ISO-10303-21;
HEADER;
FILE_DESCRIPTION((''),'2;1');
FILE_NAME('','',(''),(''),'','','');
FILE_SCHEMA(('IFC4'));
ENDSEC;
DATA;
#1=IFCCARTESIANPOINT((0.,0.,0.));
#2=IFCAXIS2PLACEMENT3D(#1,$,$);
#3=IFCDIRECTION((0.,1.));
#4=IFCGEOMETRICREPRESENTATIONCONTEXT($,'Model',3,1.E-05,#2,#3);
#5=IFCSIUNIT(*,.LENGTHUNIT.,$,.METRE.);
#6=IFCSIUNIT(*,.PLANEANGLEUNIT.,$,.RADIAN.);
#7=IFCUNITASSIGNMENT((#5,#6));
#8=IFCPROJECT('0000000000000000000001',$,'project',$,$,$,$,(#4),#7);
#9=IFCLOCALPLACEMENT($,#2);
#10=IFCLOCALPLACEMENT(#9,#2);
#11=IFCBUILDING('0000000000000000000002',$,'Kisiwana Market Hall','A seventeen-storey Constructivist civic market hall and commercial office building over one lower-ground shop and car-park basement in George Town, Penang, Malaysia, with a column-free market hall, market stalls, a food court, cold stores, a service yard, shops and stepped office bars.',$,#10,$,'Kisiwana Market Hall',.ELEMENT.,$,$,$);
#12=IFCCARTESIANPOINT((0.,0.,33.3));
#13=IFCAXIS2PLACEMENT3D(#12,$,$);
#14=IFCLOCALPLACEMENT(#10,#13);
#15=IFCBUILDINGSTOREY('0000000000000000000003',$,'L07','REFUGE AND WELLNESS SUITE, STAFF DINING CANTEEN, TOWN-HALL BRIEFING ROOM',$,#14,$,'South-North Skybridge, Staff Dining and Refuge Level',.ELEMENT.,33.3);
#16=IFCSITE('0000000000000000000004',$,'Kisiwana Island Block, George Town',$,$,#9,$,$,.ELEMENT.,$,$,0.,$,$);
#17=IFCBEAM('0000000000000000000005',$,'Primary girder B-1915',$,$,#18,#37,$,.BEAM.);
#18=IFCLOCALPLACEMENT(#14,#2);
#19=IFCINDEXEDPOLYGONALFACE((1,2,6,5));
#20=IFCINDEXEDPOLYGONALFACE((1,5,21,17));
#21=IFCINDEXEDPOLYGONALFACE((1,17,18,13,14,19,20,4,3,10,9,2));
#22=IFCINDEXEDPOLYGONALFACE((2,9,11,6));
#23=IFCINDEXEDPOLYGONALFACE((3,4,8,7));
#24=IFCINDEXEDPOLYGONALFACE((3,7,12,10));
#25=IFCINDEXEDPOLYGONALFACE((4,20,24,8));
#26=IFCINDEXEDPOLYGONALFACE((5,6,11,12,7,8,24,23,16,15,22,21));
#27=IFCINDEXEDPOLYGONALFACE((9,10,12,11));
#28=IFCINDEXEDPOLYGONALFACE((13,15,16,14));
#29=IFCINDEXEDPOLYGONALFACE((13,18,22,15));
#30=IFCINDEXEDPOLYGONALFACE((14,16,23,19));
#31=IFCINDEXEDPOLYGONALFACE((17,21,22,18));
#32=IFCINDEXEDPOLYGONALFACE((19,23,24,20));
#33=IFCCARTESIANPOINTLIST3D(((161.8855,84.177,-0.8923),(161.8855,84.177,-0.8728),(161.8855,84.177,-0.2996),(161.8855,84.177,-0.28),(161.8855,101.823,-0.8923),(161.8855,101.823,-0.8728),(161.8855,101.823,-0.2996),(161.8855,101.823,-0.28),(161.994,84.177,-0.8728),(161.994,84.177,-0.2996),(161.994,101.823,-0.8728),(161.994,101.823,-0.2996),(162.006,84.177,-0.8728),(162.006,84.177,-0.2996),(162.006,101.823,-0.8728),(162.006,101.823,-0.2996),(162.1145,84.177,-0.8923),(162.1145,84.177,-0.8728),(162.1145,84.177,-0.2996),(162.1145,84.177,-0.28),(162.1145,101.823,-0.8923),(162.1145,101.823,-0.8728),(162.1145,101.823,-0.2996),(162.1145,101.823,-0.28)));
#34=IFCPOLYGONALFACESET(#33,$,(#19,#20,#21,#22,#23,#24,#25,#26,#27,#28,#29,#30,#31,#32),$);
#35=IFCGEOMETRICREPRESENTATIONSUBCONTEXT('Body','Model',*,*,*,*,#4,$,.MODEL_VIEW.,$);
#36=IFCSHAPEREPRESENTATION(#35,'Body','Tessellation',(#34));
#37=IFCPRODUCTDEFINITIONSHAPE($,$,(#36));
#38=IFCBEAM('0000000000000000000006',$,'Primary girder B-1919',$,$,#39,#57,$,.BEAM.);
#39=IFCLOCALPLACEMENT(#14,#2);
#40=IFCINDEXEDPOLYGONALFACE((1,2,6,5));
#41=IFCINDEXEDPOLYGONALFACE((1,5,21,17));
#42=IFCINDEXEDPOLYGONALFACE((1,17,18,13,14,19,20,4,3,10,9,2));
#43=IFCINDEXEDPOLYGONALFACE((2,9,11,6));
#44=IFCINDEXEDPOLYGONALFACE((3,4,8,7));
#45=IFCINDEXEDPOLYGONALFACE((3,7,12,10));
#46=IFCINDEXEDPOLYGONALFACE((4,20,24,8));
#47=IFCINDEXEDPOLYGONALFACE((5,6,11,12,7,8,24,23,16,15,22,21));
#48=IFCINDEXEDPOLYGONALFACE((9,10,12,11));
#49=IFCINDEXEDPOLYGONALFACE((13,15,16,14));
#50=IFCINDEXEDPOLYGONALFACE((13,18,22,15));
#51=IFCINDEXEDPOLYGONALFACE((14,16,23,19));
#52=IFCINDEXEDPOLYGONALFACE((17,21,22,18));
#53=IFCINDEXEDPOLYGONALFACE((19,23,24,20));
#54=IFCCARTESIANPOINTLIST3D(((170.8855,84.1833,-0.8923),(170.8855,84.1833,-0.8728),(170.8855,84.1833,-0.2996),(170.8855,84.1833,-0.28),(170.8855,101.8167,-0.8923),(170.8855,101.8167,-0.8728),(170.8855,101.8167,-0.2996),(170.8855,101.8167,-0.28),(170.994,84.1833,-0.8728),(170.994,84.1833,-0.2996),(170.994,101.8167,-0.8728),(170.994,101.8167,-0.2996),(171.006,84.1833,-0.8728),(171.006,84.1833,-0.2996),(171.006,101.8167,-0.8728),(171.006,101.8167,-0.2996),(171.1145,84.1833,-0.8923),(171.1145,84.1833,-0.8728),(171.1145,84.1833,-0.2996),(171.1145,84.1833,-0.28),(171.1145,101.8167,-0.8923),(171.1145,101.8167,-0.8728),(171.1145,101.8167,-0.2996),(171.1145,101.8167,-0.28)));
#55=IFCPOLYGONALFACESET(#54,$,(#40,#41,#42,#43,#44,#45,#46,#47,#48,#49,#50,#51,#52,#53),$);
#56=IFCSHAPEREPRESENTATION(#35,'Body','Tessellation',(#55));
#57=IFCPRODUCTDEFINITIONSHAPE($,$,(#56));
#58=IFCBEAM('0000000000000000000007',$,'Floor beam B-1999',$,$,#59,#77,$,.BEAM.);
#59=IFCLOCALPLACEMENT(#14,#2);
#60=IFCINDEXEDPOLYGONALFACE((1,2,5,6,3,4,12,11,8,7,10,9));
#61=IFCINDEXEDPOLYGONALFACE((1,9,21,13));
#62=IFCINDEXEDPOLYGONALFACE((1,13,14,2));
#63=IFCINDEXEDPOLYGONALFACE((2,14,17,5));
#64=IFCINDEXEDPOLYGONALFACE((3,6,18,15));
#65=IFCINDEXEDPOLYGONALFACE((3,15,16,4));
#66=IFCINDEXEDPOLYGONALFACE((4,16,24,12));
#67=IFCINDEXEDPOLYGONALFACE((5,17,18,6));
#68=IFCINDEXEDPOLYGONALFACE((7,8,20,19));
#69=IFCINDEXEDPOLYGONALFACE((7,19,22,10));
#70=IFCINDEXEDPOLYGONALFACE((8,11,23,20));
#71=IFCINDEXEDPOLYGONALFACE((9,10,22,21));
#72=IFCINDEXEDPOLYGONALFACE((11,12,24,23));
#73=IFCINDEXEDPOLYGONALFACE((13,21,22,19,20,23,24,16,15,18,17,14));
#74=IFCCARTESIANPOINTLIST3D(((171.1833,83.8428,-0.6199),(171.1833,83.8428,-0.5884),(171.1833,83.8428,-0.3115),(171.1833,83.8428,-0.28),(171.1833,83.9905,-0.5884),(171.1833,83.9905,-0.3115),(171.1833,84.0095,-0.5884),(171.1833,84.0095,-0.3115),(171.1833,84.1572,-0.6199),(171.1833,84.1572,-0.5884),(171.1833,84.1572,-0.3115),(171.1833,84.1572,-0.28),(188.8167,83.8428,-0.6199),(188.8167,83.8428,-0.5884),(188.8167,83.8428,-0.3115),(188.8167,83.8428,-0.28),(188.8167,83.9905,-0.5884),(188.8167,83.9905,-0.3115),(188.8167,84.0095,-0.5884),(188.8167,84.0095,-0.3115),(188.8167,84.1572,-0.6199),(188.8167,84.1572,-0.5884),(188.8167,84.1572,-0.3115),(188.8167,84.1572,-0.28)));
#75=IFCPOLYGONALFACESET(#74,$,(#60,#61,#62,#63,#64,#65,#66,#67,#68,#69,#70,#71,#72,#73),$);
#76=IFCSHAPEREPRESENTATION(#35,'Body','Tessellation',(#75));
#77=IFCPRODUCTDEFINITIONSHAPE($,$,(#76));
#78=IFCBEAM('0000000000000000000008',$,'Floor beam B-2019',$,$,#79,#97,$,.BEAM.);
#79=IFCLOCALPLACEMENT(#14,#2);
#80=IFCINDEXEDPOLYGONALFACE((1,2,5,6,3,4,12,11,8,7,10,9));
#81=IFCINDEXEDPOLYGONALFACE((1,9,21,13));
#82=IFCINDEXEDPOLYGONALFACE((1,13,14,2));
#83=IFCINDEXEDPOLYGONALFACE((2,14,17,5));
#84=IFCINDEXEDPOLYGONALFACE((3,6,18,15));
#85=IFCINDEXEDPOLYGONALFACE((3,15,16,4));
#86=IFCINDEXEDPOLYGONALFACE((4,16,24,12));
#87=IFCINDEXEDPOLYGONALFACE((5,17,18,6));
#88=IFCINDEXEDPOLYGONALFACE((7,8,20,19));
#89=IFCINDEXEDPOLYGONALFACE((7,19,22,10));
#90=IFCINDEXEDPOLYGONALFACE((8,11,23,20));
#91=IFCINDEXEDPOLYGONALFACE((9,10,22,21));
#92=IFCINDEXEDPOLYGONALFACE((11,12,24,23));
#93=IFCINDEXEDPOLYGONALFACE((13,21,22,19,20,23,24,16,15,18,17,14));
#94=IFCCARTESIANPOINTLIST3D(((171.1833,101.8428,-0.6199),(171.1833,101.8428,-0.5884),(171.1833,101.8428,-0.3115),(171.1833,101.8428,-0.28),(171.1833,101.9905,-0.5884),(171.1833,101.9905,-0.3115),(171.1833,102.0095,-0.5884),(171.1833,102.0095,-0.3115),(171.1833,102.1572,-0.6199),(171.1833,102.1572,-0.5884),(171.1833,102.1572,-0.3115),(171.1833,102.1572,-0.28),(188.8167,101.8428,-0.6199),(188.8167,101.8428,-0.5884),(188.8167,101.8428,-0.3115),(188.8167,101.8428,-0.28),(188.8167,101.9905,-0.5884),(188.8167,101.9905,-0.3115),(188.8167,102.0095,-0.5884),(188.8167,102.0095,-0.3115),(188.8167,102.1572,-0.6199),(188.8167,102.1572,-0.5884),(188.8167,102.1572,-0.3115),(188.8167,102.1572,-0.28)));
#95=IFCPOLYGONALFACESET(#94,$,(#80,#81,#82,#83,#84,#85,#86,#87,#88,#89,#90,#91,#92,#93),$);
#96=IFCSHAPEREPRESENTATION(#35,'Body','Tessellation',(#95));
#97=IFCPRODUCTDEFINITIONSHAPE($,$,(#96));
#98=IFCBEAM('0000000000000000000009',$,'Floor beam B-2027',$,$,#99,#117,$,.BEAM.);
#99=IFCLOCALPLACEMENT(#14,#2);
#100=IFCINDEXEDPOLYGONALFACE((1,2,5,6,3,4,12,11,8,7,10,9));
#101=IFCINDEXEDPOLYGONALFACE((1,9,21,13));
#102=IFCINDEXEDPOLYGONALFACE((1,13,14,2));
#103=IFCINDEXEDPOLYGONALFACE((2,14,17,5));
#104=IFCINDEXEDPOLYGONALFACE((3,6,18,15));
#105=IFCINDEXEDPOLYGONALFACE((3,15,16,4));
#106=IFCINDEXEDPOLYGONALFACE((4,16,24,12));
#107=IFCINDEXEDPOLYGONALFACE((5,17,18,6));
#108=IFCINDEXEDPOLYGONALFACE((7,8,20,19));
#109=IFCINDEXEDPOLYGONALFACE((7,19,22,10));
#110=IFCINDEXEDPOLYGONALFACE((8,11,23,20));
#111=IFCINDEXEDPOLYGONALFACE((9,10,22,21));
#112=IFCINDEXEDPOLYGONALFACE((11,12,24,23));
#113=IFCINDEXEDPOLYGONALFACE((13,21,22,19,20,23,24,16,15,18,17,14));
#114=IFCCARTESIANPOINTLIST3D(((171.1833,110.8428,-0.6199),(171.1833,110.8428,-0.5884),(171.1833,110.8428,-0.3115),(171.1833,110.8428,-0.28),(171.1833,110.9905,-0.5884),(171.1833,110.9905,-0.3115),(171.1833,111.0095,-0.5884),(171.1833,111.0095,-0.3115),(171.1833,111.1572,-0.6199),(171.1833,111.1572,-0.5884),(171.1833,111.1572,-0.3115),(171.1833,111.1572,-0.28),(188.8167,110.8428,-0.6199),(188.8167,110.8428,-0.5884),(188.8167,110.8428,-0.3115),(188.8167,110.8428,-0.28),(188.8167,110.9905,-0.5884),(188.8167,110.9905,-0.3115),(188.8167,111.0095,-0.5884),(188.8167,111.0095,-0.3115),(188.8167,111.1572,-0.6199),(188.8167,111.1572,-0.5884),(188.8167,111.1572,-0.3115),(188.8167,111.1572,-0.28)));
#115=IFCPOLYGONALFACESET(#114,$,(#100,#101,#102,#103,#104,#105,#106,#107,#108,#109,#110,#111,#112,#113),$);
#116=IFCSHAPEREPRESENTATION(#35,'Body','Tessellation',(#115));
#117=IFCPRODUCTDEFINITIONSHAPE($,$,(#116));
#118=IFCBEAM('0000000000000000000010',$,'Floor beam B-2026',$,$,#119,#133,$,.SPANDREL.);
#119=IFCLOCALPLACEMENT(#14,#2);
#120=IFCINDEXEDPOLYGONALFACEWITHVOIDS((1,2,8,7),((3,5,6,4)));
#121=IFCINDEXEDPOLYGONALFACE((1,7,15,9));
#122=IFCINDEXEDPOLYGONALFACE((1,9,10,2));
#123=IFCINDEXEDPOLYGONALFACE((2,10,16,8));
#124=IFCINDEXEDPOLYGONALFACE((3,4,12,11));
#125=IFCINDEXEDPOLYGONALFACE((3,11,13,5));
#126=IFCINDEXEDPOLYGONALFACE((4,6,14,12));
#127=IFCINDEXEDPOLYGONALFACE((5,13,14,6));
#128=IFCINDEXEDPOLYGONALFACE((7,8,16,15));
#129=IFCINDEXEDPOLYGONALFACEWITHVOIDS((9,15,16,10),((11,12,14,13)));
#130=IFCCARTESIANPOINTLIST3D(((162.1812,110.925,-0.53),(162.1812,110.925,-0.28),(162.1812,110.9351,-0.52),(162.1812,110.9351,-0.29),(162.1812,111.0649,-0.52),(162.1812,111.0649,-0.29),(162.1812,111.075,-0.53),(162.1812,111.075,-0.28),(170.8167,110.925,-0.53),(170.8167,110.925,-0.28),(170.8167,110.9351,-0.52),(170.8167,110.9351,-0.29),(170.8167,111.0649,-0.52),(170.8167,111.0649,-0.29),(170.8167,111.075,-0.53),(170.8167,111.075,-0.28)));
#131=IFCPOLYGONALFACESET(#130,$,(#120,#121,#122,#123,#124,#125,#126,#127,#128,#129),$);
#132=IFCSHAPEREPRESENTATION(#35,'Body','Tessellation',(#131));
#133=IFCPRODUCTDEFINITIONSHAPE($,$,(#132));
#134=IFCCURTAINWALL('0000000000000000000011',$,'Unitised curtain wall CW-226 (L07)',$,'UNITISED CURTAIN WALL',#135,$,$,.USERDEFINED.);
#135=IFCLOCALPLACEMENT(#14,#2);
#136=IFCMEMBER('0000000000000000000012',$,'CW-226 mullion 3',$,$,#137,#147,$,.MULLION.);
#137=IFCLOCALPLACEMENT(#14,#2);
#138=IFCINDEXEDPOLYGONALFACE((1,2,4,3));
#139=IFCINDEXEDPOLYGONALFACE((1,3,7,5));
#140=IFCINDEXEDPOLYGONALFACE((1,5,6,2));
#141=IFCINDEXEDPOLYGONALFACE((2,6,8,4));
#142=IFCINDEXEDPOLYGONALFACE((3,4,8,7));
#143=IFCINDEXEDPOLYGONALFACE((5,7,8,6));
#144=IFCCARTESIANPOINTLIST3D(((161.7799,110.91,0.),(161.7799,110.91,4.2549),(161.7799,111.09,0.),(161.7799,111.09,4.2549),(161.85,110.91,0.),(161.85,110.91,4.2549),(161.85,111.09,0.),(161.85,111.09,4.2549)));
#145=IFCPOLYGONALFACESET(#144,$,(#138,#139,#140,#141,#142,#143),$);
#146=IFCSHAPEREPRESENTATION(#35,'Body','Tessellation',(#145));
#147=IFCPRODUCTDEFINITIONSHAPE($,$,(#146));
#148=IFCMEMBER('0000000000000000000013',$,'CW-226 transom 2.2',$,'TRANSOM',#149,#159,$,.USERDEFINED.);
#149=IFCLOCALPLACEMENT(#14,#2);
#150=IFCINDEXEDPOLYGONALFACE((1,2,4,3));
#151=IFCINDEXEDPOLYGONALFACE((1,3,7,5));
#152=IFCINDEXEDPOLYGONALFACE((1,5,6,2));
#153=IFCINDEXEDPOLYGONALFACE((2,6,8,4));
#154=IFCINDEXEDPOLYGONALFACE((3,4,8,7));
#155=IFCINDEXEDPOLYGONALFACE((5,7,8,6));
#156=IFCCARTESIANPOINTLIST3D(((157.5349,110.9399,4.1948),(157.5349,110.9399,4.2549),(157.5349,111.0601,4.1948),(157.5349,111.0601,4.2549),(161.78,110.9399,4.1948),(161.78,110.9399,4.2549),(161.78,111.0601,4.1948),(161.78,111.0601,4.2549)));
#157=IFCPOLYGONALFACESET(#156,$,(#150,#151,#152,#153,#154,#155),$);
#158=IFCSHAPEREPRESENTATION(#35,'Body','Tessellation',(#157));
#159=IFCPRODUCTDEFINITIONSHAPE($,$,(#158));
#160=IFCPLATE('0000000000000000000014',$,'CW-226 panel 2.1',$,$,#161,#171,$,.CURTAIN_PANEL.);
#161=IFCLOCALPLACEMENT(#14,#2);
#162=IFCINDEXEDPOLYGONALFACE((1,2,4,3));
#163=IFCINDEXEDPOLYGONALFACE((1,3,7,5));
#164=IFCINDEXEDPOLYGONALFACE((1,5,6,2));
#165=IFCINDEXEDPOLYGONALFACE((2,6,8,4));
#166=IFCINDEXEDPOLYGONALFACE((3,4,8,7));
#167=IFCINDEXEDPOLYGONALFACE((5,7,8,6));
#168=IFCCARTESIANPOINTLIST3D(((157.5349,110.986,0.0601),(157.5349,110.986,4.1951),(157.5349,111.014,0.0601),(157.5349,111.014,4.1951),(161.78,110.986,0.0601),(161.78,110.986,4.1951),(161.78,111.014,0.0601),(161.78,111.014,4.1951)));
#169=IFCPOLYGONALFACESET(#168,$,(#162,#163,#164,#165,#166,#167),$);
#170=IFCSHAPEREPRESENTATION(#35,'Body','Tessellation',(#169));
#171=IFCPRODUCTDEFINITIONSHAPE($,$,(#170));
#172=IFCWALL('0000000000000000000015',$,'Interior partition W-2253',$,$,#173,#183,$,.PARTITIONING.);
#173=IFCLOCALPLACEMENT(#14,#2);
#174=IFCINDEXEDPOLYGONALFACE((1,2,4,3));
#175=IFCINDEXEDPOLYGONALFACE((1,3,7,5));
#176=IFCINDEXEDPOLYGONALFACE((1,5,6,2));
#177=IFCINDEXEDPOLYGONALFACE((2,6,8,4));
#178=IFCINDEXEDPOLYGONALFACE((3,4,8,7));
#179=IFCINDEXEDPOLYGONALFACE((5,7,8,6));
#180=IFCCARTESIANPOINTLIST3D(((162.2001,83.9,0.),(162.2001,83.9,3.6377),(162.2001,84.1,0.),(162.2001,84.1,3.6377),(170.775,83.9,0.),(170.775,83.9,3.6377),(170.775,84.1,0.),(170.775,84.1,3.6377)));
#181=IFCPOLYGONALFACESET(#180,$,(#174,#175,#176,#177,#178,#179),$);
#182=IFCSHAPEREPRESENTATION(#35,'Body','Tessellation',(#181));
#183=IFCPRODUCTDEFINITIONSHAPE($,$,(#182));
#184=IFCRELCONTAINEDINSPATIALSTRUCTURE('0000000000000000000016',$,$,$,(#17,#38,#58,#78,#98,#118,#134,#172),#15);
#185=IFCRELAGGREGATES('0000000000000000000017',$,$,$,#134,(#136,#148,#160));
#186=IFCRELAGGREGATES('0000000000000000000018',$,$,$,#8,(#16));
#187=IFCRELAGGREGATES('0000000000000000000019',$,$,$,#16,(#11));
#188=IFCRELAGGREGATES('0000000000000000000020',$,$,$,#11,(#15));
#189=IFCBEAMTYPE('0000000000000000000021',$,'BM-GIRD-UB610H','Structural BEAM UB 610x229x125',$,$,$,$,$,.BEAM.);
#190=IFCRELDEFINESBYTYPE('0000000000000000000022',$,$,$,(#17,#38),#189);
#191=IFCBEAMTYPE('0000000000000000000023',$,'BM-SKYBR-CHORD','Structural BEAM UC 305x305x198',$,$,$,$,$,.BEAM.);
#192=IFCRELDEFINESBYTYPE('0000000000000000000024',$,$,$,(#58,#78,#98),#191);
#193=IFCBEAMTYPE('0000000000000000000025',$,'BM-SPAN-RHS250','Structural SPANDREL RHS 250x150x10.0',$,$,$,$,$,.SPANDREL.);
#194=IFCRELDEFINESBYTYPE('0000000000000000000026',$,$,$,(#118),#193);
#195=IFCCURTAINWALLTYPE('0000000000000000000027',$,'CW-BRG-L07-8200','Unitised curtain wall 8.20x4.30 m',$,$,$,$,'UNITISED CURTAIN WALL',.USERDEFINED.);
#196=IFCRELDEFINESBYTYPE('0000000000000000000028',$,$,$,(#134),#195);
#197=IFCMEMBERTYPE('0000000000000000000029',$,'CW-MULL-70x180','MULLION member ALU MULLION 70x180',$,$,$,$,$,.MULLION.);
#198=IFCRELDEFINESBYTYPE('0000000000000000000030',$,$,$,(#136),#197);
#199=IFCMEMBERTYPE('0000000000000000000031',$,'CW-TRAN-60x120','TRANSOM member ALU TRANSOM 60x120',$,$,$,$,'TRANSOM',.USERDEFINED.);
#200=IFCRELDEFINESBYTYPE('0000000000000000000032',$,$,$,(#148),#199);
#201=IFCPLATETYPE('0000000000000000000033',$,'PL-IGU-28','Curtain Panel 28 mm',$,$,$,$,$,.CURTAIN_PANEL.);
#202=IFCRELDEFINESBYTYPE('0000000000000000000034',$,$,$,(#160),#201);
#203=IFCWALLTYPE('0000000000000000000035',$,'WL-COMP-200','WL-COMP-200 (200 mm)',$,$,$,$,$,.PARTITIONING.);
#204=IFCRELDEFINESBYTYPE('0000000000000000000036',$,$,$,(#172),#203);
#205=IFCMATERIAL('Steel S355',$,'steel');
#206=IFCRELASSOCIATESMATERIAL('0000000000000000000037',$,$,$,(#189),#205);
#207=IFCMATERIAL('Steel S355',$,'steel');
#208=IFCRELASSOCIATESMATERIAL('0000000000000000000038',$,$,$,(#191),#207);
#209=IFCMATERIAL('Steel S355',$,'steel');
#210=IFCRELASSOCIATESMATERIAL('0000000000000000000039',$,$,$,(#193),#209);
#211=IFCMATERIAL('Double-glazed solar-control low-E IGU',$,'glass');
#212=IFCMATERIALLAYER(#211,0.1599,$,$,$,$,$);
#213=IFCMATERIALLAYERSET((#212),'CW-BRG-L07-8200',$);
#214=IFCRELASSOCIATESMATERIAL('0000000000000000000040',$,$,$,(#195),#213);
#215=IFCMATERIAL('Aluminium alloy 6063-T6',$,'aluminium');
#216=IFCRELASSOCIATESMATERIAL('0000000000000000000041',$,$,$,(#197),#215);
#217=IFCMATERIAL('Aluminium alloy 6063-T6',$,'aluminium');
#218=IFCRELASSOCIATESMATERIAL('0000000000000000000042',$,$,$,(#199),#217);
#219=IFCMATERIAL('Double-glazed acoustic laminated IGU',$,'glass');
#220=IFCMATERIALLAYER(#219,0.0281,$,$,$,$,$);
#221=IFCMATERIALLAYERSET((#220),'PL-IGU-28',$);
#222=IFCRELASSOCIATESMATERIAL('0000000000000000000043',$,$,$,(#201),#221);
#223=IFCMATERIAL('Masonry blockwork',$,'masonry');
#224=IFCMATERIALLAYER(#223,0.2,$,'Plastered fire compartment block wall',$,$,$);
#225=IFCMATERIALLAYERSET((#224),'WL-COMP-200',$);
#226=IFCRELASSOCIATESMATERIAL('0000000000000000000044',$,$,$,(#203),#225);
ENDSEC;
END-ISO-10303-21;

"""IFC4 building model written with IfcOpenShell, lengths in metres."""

from ifc_helpers import new_model, si_unit, direction, frame, frame_2d, origin, origin_2d, place, context, subcontext, project, spatial, rectangle, hollow_rectangle, i_section, extrude, material, layer, layer_set, material_profile, profile_set, type_object, element, aggregate, save


model = new_model("IFC4")

# Units and contexts
model_context = context("Model", 3, precision=1e-05, world=origin(), true_north=direction((0.0, 1.0)))
body_context = subcontext(model_context, "Body", "Model", "MODEL_VIEW")
ifc_project = project(units=[si_unit("LENGTHUNIT", "METRE"), si_unit("PLANEANGLEUNIT", "RADIAN")], contexts=[model_context])

# Site, building, storey
site_placement = place(None, origin())
site = spatial("IfcSite", under=ifc_project, at=site_placement, Name="Kisiwana Island Block, George Town", CompositionType="ELEMENT", RefElevation=0.0)
building_placement = place(site_placement, origin())
building = spatial("IfcBuilding", under=site, at=building_placement, Name="Kisiwana Market Hall", Description="A seventeen-storey Constructivist civic market hall and commercial office building over one lower-ground shop and car-park basement in George Town, Penang, Malaysia, with a column-free market hall, market stalls, a food court, cold stores, a service yard, shops and stepped office bars.", LongName="Kisiwana Market Hall", CompositionType="ELEMENT")
storey_placement = place(building_placement, frame((0.0, 0.0, 33.3)))
storey = spatial("IfcBuildingStorey", under=building, at=storey_placement, Name="L07", Description="REFUGE AND WELLNESS SUITE, STAFF DINING CANTEEN, TOWN-HALL BRIEFING ROOM", LongName="South-North Skybridge, Staff Dining and Refuge Level", CompositionType="ELEMENT", Elevation=33.3)

# Beams
ifc_material_1 = material(Name="Steel S355", Category="steel")
ifc_material_profile_1 = material_profile(ifc_material_1, i_section(OverallWidth=0.229, OverallDepth=0.6123, WebThickness=0.012, FlangeThickness=0.0195, at=origin_2d()), Name="UB 610x229x125")
ifc_profile_set_1 = profile_set([ifc_material_profile_1], Name="Steel S355")
beam_type_1 = type_object("IfcBeamType", Name="BM-GIRD-UB610H", Description="Structural BEAM UB 610x229x125", PredefinedType="BEAM", material=ifc_profile_set_1)
beam_1_placement = place(storey_placement, frame((162.0, 84.177, -0.5862), z_axis=(0.0, 1.0, 0.0), x_axis=(-1.0, 0.0, 0.0)))
element("IfcBeam", 1, at=beam_1_placement, inside=storey, type_object=beam_type_1, Name="Primary girder B-1915", PredefinedType="BEAM", context=body_context, shape_type="SweptSolid", body=[
    extrude(i_section(OverallWidth=0.229, OverallDepth=0.6123, WebThickness=0.012, FlangeThickness=0.0195, at=origin_2d()), origin(), (0.0, 0.0, 1.0), 17.646),
])
beam_2_placement = place(storey_placement, frame((171.0, 84.1833, -0.5862), z_axis=(0.0, 1.0, 0.0), x_axis=(-1.0, 0.0, 0.0)))
element("IfcBeam", 2, at=beam_2_placement, inside=storey, type_object=beam_type_1, Name="Primary girder B-1919", PredefinedType="BEAM", context=body_context, shape_type="SweptSolid", body=[
    extrude(i_section(OverallWidth=0.229, OverallDepth=0.6123, WebThickness=0.012, FlangeThickness=0.0195, at=origin_2d()), origin(), (0.0, 0.0, 1.0), 17.6333),
])
ifc_material_2 = material(Name="Steel S355", Category="steel")
ifc_material_profile_2 = material_profile(ifc_material_2, i_section(OverallWidth=0.3145, OverallDepth=0.3398, WebThickness=0.019, FlangeThickness=0.0315, at=origin_2d()), Name="UC 305x305x198")
ifc_profile_set_2 = profile_set([ifc_material_profile_2], Name="Steel S355")
beam_type_2 = type_object("IfcBeamType", Name="BM-SKYBR-CHORD", Description="Structural BEAM UC 305x305x198", PredefinedType="BEAM", material=ifc_profile_set_2)
for number, where, z_axis, x_axis, name in (
    (3, (171.1833, 84.0, -0.45), (1.0, 0.0, 0.0), (0.0, 1.0, 0.0), "Floor beam B-1999"),
    (4, (171.1833, 102.0, -0.45), (1.0, 0.0, 0.0), (0.0, 1.0, 0.0), "Floor beam B-2019"),
    (5, (171.1833, 111.0, -0.45), (1.0, 0.0, 0.0), (0.0, 1.0, 0.0), "Floor beam B-2027"),
):
    element("IfcBeam", number, at=place(storey_placement, frame(where, z_axis=z_axis, x_axis=x_axis)), inside=storey, type_object=beam_type_2, Name=name, PredefinedType="BEAM", context=body_context, shape_type="SweptSolid", body=[
        extrude(i_section(OverallWidth=0.3145, OverallDepth=0.3398, WebThickness=0.019, FlangeThickness=0.0315, at=origin_2d()), origin(), (0.0, 0.0, 1.0), 17.6333),
    ])
ifc_material_3 = material(Name="Steel S355", Category="steel")
ifc_material_profile_3 = material_profile(ifc_material_3, hollow_rectangle(XDim=0.1499, YDim=0.25, WallThickness=0.01, at=origin_2d()), Name="RHS 250x150x10.0")
ifc_profile_set_3 = profile_set([ifc_material_profile_3], Name="Steel S355")
beam_type_3 = type_object("IfcBeamType", Name="BM-SPAN-RHS250", Description="Structural SPANDREL RHS 250x150x10.0", PredefinedType="SPANDREL", material=ifc_profile_set_3)
beam_3_placement = place(storey_placement, frame((162.1812, 111.0, -0.405), z_axis=(1.0, 0.0, 0.0), x_axis=(0.0, 1.0, 0.0)))
element("IfcBeam", 6, at=beam_3_placement, inside=storey, type_object=beam_type_3, Name="Floor beam B-2026", PredefinedType="SPANDREL", context=body_context, shape_type="SweptSolid", body=[
    extrude(hollow_rectangle(XDim=0.1499, YDim=0.25, WallThickness=0.01, at=origin_2d()), origin(), (0.0, 0.0, 1.0), 8.6355),
])

# Curtain wall, members, plate
ifc_material_4 = material(Name="Double-glazed solar-control low-E IGU", Category="glass")
ifc_layer_1 = layer(ifc_material_4, 0.1599)
ifc_layer_set_1 = layer_set([ifc_layer_1], Name="CW-BRG-L07-8200")
curtain_wall_type = type_object("IfcCurtainWallType", Name="CW-BRG-L07-8200", Description="Unitised curtain wall 8.20x4.30 m", ElementType="UNITISED CURTAIN WALL", PredefinedType="USERDEFINED", material=ifc_layer_set_1)
curtain_wall_placement = place(storey_placement, origin())
curtain_wall = element("IfcCurtainWall", 7, at=curtain_wall_placement, inside=storey, type_object=curtain_wall_type, Name="Unitised curtain wall CW-226 (L07)", ObjectType="UNITISED CURTAIN WALL", PredefinedType="USERDEFINED")
ifc_material_5 = material(Name="Aluminium alloy 6063-T6", Category="aluminium")
ifc_material_profile_4 = material_profile(ifc_material_5, rectangle(XDim=0.0701, YDim=0.1799, at=origin_2d()), Name="ALU MULLION 70x180")
ifc_profile_set_4 = profile_set([ifc_material_profile_4], Name="Aluminium alloy 6063-T6")
member_type_1 = type_object("IfcMemberType", Name="CW-MULL-70x180", Description="MULLION member ALU MULLION 70x180", PredefinedType="MULLION", material=ifc_profile_set_4)
member_1_placement = place(storey_placement, frame((161.8149, 111.0, 0.0), z_axis=(0.0, 0.0, 1.0), x_axis=(1.0, 0.0, 0.0)))
member_1 = element("IfcMember", 8, at=member_1_placement, type_object=member_type_1, Name="CW-226 mullion 3", PredefinedType="MULLION", context=body_context, shape_type="SweptSolid", body=[
    extrude(rectangle(XDim=0.0701, YDim=0.1799, at=origin_2d()), origin(), (0.0, 0.0, 1.0), 4.2549),
])
ifc_material_6 = material(Name="Aluminium alloy 6063-T6", Category="aluminium")
ifc_material_profile_5 = material_profile(ifc_material_6, rectangle(XDim=0.1201, YDim=0.0601, at=origin_2d()), Name="ALU TRANSOM 60x120")
ifc_profile_set_5 = profile_set([ifc_material_profile_5], Name="Aluminium alloy 6063-T6")
member_type_2 = type_object("IfcMemberType", Name="CW-TRAN-60x120", Description="TRANSOM member ALU TRANSOM 60x120", ElementType="TRANSOM", PredefinedType="USERDEFINED", material=ifc_profile_set_5)
member_2_placement = place(storey_placement, frame((157.5349, 111.0, 4.2249), z_axis=(1.0, 0.0, 0.0), x_axis=(0.0, 1.0, 0.0)))
member_2 = element("IfcMember", 9, at=member_2_placement, type_object=member_type_2, Name="CW-226 transom 2.2", ObjectType="TRANSOM", PredefinedType="USERDEFINED", context=body_context, shape_type="SweptSolid", body=[
    extrude(rectangle(XDim=0.1201, YDim=0.0601, at=origin_2d()), origin(), (0.0, 0.0, 1.0), 4.2451),
])
ifc_material_7 = material(Name="Double-glazed acoustic laminated IGU", Category="glass")
ifc_layer_2 = layer(ifc_material_7, 0.0281)
ifc_layer_set_2 = layer_set([ifc_layer_2], Name="PL-IGU-28")
plate_type = type_object("IfcPlateType", Name="PL-IGU-28", Description="Curtain Panel 28 mm", PredefinedType="CURTAIN_PANEL", material=ifc_layer_set_2)
plate_placement = place(storey_placement, frame((159.6575, 111.0, 0.0601), z_axis=(0.0, 0.0, 1.0), x_axis=(1.0, 0.0, 0.0)))
plate = element("IfcPlate", 10, at=plate_placement, type_object=plate_type, Name="CW-226 panel 2.1", PredefinedType="CURTAIN_PANEL", context=body_context, shape_type="SweptSolid", body=[
    extrude(rectangle(XDim=4.2451, YDim=0.0281, at=origin_2d()), origin(), (0.0, 0.0, 1.0), 4.135),
])
aggregate(curtain_wall, [member_1, member_2, plate])

# Wall
ifc_material_8 = material(Name="Masonry blockwork", Category="masonry")
ifc_layer_3 = layer(ifc_material_8, 0.2, Name="Plastered fire compartment block wall")
ifc_layer_set_3 = layer_set([ifc_layer_3], Name="WL-COMP-200")
wall_type_1 = type_object("IfcWallType", Name="WL-COMP-200", Description="WL-COMP-200 (200 mm)", PredefinedType="PARTITIONING", material=ifc_layer_set_3)
wall_1_placement = place(storey_placement, frame((162.2, 84.0, 0.0), z_axis=(0.0, 0.0, 1.0), x_axis=(1.0, 0.0, 0.0)))
element("IfcWall", 11, at=wall_1_placement, inside=storey, type_object=wall_type_1, Name="Interior partition W-2253", PredefinedType="PARTITIONING", context=body_context, shape_type="SweptSolid", body=[
    extrude(rectangle(XDim=8.575, YDim=0.2, at=frame_2d((4.2876, 0.0))), origin(), (0.0, 0.0, 1.0), 3.6377),
])

save(model, "model.ifc")
